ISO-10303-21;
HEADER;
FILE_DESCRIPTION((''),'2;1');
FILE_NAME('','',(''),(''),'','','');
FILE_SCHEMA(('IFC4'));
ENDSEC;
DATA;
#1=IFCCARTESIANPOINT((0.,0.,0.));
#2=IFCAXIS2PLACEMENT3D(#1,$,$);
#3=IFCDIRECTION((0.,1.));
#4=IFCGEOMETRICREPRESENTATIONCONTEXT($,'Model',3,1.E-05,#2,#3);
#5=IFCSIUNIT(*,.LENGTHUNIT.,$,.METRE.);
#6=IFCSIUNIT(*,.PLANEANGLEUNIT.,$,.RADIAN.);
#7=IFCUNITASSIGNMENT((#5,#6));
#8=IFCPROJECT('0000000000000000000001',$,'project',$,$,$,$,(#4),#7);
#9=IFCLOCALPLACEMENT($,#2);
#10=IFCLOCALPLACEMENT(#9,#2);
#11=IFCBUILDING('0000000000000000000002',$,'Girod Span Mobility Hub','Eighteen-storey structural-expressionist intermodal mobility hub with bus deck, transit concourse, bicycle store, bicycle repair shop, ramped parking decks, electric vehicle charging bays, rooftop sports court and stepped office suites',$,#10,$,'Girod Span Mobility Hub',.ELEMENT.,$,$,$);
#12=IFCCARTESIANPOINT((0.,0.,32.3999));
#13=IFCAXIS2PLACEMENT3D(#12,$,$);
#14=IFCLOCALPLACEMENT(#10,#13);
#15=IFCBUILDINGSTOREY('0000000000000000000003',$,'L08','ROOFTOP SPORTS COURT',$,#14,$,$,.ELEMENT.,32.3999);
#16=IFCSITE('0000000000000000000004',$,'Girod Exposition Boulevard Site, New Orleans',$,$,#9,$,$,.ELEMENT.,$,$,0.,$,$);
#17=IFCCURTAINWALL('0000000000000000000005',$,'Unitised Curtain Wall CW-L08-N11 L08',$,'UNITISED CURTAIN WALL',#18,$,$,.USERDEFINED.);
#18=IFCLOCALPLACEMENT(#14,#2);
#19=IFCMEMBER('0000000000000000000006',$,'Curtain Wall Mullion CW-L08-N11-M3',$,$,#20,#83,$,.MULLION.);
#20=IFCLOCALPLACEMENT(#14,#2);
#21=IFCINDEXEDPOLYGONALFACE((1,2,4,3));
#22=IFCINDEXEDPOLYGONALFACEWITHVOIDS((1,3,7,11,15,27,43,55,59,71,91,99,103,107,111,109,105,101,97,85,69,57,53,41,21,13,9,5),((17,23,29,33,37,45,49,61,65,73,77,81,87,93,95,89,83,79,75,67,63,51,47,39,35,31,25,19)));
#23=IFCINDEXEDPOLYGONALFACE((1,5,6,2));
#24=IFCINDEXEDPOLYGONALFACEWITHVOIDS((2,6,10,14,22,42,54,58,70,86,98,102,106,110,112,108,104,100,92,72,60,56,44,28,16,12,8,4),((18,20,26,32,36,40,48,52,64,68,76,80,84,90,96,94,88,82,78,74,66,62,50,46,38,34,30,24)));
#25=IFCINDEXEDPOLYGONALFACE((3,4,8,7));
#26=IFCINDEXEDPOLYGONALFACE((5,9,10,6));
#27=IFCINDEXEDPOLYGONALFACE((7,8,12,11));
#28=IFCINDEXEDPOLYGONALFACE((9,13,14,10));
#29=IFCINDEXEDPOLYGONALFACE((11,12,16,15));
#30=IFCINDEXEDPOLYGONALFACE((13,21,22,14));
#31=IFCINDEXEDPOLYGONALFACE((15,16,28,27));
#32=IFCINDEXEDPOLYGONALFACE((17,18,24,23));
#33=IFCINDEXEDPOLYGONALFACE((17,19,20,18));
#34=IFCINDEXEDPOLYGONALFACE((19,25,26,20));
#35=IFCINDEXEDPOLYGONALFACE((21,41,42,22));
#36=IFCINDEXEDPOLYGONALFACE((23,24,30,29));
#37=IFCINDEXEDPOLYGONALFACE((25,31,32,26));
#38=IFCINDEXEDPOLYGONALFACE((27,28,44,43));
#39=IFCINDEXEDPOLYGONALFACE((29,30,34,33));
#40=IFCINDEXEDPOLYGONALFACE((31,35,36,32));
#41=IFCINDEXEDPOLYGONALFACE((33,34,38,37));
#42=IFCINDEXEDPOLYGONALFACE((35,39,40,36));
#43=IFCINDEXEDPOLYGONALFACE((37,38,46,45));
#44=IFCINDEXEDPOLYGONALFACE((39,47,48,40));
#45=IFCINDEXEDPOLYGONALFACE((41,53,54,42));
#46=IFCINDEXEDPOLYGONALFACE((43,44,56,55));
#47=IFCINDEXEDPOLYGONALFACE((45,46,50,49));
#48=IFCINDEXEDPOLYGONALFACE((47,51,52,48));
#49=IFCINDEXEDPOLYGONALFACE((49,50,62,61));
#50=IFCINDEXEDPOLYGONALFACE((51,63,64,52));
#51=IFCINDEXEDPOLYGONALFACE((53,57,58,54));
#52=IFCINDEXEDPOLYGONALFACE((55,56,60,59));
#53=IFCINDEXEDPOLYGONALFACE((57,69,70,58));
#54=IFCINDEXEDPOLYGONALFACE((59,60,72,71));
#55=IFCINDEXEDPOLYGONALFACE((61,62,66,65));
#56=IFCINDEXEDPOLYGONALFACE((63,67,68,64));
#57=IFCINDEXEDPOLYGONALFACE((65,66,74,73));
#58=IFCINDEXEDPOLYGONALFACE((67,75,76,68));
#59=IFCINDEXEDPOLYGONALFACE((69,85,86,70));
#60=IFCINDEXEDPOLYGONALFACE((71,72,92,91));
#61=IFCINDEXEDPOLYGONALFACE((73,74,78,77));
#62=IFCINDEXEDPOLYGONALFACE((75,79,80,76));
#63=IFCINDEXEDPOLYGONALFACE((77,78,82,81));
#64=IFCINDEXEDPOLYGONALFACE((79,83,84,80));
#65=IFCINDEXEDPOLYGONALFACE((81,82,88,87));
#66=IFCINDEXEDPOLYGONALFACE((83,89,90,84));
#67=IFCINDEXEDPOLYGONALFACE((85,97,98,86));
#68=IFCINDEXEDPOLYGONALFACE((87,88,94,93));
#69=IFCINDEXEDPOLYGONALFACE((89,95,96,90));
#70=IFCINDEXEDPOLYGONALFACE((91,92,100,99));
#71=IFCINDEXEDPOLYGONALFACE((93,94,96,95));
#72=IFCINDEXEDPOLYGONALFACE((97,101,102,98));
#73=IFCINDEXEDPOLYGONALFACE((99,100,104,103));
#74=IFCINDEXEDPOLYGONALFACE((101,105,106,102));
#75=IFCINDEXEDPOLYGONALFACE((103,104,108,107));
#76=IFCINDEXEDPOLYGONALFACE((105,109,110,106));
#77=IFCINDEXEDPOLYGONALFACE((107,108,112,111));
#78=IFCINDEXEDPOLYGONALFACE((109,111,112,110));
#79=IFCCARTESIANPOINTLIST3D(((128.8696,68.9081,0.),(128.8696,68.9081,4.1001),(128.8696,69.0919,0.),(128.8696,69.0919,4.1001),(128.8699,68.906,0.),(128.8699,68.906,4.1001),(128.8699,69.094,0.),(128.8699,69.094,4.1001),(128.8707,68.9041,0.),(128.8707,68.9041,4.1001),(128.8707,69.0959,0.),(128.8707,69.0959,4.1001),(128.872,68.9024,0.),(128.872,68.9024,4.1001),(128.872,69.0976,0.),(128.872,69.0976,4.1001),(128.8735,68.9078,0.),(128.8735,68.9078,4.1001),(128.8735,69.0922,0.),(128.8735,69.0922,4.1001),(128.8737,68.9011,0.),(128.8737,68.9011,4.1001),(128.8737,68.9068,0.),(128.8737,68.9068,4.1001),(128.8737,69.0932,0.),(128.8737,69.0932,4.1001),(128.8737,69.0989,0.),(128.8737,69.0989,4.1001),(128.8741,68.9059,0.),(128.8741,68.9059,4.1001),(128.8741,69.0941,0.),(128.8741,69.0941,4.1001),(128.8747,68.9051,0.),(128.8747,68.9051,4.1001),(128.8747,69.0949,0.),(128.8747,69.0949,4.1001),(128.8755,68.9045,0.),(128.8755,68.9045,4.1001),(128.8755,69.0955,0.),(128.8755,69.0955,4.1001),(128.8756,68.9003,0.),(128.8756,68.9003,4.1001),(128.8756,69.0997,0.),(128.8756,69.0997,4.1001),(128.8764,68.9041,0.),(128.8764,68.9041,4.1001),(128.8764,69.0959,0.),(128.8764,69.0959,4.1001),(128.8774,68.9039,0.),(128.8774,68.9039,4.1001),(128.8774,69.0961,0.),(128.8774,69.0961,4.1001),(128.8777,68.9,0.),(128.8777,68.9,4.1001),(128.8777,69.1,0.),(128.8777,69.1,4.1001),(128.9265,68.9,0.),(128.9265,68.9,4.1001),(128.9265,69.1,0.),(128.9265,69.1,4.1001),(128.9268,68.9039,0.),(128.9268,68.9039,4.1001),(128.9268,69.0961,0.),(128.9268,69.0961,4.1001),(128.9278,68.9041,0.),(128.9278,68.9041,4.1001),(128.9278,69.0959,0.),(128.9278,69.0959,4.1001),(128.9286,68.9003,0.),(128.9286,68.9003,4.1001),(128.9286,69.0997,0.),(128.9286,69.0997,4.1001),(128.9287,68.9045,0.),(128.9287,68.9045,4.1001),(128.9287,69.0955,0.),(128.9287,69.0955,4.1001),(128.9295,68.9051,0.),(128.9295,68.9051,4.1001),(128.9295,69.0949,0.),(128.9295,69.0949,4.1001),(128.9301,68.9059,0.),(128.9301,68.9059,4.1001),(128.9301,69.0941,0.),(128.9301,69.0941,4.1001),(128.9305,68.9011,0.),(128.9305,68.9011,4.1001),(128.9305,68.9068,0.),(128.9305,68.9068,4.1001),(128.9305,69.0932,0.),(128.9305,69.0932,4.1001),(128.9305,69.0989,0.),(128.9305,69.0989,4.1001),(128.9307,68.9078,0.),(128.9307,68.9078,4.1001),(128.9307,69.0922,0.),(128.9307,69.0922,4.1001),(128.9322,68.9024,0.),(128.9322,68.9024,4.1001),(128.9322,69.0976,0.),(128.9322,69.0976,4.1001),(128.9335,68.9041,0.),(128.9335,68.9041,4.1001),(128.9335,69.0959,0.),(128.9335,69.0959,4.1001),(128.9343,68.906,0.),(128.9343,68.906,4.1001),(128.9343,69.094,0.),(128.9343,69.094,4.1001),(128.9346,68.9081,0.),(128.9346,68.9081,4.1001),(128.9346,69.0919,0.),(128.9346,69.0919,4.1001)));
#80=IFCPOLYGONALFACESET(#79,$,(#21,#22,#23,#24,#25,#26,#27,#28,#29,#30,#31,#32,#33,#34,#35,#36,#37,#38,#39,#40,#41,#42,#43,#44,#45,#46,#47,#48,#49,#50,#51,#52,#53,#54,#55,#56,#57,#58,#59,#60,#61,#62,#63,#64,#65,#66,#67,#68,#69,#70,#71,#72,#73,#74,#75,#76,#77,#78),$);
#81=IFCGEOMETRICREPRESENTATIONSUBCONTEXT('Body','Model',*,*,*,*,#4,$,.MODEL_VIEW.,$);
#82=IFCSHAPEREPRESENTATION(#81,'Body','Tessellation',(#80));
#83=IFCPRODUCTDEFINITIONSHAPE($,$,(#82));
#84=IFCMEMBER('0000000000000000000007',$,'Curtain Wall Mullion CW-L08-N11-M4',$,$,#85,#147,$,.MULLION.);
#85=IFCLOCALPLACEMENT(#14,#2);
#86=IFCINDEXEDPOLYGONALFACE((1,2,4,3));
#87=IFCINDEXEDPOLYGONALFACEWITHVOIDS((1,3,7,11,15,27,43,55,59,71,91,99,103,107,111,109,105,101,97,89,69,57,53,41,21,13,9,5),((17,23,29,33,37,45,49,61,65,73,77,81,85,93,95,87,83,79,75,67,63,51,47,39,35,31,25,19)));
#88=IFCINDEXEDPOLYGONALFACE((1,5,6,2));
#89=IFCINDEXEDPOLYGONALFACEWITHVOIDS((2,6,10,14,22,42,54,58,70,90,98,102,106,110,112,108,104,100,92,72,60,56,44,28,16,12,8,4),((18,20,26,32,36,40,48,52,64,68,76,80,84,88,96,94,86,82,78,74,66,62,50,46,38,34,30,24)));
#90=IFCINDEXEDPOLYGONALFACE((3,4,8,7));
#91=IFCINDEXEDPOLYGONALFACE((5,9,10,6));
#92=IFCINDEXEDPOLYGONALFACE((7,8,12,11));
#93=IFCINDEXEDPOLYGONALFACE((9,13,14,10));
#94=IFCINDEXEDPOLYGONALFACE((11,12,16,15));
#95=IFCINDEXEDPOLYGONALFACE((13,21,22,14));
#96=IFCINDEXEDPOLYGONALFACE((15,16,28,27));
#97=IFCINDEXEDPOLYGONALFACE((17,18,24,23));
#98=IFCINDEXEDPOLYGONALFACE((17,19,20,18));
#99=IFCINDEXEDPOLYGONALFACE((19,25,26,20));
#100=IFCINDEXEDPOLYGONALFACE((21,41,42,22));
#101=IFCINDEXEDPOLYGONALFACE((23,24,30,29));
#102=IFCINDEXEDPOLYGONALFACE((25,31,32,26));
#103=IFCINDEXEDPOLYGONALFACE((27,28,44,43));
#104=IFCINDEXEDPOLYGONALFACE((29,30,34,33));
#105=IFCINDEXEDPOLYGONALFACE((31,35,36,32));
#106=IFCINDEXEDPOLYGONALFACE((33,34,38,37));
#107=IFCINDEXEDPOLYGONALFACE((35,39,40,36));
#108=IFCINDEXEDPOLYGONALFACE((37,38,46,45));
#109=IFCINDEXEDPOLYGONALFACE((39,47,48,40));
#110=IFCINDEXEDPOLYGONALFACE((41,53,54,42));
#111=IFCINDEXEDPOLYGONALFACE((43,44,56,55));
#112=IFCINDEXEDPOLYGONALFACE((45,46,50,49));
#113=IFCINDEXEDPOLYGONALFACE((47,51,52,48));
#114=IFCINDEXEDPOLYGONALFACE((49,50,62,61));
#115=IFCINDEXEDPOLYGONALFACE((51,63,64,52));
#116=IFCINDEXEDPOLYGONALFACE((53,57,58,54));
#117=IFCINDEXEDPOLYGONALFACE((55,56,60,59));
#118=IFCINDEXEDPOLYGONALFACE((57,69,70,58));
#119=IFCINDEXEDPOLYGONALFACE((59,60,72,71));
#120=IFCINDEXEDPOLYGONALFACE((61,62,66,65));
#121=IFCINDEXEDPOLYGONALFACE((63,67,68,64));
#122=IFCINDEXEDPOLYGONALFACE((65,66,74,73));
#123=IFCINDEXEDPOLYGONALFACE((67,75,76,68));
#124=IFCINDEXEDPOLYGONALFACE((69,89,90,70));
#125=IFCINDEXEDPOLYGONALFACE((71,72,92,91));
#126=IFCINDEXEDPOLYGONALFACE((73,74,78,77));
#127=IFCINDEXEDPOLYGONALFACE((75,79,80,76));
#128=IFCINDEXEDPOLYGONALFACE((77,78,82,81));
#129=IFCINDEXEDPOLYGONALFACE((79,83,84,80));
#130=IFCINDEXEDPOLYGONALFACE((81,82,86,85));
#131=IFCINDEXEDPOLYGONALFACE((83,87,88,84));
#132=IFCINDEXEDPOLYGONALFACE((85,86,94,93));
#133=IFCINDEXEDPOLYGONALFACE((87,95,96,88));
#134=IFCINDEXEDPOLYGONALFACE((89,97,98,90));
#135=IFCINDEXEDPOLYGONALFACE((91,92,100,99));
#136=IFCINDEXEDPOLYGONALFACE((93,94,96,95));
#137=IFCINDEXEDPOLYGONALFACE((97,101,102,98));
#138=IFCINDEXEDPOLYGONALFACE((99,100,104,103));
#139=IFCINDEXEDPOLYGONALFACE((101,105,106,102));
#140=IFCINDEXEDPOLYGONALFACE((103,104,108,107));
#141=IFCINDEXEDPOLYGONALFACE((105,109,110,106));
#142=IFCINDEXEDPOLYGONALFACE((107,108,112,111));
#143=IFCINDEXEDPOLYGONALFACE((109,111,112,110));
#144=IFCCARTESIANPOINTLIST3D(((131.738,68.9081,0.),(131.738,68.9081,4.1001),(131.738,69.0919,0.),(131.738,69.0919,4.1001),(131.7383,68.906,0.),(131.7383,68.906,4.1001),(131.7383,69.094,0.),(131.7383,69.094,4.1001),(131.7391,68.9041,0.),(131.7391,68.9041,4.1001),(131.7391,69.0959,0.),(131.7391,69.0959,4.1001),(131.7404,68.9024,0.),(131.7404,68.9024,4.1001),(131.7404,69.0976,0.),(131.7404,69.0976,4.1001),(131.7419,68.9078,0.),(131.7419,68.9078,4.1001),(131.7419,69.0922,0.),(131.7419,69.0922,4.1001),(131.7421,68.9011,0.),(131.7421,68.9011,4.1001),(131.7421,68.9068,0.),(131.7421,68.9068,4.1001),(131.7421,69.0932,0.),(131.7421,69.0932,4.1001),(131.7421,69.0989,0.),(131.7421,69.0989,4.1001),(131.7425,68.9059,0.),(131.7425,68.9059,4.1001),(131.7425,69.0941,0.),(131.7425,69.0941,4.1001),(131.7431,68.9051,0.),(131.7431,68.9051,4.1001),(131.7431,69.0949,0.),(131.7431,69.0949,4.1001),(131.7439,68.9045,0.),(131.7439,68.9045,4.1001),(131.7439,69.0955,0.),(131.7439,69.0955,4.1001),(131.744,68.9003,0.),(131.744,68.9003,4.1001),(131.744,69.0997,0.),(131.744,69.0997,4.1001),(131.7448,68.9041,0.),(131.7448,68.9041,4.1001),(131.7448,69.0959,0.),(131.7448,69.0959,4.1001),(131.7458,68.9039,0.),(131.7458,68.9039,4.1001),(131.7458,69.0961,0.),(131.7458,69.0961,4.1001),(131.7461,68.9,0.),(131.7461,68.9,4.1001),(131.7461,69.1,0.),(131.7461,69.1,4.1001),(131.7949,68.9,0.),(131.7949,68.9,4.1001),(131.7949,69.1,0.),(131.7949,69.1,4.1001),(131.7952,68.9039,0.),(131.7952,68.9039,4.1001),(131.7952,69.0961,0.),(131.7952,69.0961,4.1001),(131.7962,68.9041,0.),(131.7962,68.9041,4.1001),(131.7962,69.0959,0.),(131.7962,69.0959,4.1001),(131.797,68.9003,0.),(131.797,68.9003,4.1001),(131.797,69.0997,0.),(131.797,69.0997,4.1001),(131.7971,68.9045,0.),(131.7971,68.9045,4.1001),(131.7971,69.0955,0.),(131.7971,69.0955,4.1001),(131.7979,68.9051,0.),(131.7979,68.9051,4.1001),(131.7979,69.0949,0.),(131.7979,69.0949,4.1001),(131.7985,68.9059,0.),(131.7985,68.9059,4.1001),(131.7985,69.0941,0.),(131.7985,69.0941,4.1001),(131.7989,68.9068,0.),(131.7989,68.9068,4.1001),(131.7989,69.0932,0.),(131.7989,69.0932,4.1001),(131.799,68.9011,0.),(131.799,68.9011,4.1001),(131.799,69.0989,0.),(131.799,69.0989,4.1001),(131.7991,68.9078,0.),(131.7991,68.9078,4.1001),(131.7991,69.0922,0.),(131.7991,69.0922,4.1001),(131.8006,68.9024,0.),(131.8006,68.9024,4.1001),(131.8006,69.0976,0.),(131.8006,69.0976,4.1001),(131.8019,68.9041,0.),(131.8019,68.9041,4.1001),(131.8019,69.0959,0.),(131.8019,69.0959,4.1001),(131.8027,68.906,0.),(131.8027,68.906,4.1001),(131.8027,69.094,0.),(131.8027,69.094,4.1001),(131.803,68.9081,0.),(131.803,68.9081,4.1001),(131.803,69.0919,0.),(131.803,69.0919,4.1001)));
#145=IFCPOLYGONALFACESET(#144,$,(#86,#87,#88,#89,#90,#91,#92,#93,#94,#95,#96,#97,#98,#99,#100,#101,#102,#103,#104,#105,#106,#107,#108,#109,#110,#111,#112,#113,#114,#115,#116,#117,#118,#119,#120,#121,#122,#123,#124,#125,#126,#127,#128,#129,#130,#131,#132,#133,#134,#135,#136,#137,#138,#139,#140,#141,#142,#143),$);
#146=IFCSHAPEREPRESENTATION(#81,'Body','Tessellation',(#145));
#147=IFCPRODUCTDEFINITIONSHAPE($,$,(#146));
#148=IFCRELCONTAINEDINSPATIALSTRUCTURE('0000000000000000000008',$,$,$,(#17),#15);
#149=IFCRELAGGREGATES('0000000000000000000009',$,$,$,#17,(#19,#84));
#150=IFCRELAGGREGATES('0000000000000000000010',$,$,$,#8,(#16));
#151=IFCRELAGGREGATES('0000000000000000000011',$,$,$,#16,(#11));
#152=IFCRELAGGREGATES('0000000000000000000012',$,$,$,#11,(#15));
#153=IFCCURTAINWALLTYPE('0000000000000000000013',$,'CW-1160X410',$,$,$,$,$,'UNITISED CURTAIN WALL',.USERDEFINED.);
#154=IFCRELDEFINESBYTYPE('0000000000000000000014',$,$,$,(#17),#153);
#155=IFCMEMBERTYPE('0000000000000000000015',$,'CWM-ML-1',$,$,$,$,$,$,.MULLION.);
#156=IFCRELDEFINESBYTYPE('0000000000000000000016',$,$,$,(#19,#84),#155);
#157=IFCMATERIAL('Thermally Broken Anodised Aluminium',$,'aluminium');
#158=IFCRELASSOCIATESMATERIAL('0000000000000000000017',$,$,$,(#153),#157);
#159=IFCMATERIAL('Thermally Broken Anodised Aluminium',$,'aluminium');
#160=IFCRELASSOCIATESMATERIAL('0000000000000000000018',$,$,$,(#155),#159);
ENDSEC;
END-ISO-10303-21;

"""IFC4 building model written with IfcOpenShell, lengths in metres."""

from ifc_helpers import new_model, si_unit, direction, frame, origin, origin_2d, place, context, subcontext, project, spatial, hollow_rectangle, extrude, material, material_profile, profile_set, type_object, element, aggregate, save


model = new_model("IFC4")

# Units and contexts
model_context = context("Model", 3, precision=1e-05, world=origin(), true_north=direction((0.0, 1.0)))
body_context = subcontext(model_context, "Body", "Model", "MODEL_VIEW")
ifc_project = project(units=[si_unit("LENGTHUNIT", "METRE"), si_unit("PLANEANGLEUNIT", "RADIAN")], contexts=[model_context])

# Site, building, storey
site_placement = place(None, origin())
site = spatial("IfcSite", under=ifc_project, at=site_placement, Name="Girod Exposition Boulevard Site, New Orleans", CompositionType="ELEMENT", RefElevation=0.0)
building_placement = place(site_placement, origin())
building = spatial("IfcBuilding", under=site, at=building_placement, Name="Girod Span Mobility Hub", Description="Eighteen-storey structural-expressionist intermodal mobility hub with bus deck, transit concourse, bicycle store, bicycle repair shop, ramped parking decks, electric vehicle charging bays, rooftop sports court and stepped office suites", LongName="Girod Span Mobility Hub", CompositionType="ELEMENT")
storey_placement = place(building_placement, frame((0.0, 0.0, 32.3999)))
storey = spatial("IfcBuildingStorey", under=building, at=storey_placement, Name="L08", Description="ROOFTOP SPORTS COURT", CompositionType="ELEMENT", Elevation=32.3999)

# Curtain wall, members
ifc_material_1 = material(Name="Thermally Broken Anodised Aluminium", Category="aluminium")
curtain_wall_type = type_object("IfcCurtainWallType", Name="CW-1160X410", ElementType="UNITISED CURTAIN WALL", PredefinedType="USERDEFINED", material=ifc_material_1)
curtain_wall_placement = place(storey_placement, origin())
curtain_wall = element("IfcCurtainWall", 1, at=curtain_wall_placement, inside=storey, type_object=curtain_wall_type, Name="Unitised Curtain Wall CW-L08-N11 L08", ObjectType="UNITISED CURTAIN WALL", PredefinedType="USERDEFINED")
ifc_material_2 = material(Name="Thermally Broken Anodised Aluminium", Category="aluminium")
ifc_material_profile_1 = material_profile(ifc_material_2, hollow_rectangle(XDim=0.2, YDim=0.0649, WallThickness=0.0039, InnerFilletRadius=0.0039, OuterFilletRadius=0.0081, at=origin_2d()), Name="CW-ML-65X200")
ifc_profile_set_1 = profile_set([ifc_material_profile_1], Name="Thermally Broken Anodised Aluminium")
member_type_1 = type_object("IfcMemberType", Name="CWM-ML-1", PredefinedType="MULLION", material=ifc_profile_set_1)
member_1_placement = place(storey_placement, frame((128.9021, 69.0, 0.0), z_axis=(0.0, 0.0, 1.0), x_axis=(0.0, 1.0, 0.0)))
member_1 = element("IfcMember", 2, at=member_1_placement, type_object=member_type_1, Name="Curtain Wall Mullion CW-L08-N11-M3", PredefinedType="MULLION", context=body_context, shape_type="SweptSolid", body=[
    extrude(hollow_rectangle(XDim=0.2, YDim=0.0649, WallThickness=0.0039, InnerFilletRadius=0.0039, OuterFilletRadius=0.0081, at=origin_2d()), origin(), (0.0, 0.0, 1.0), 4.1001),
])
member_2_placement = place(storey_placement, frame((131.7705, 69.0, 0.0), z_axis=(0.0, 0.0, 1.0), x_axis=(0.0, 1.0, 0.0)))
member_2 = element("IfcMember", 3, at=member_2_placement, type_object=member_type_1, Name="Curtain Wall Mullion CW-L08-N11-M4", PredefinedType="MULLION", context=body_context, shape_type="SweptSolid", body=[
    extrude(hollow_rectangle(XDim=0.2, YDim=0.0649, WallThickness=0.0039, InnerFilletRadius=0.0039, OuterFilletRadius=0.0081, at=origin_2d()), origin(), (0.0, 0.0, 1.0), 4.1001),
])

aggregate(curtain_wall, [member_1, member_2])

save(model, "model.ifc")
